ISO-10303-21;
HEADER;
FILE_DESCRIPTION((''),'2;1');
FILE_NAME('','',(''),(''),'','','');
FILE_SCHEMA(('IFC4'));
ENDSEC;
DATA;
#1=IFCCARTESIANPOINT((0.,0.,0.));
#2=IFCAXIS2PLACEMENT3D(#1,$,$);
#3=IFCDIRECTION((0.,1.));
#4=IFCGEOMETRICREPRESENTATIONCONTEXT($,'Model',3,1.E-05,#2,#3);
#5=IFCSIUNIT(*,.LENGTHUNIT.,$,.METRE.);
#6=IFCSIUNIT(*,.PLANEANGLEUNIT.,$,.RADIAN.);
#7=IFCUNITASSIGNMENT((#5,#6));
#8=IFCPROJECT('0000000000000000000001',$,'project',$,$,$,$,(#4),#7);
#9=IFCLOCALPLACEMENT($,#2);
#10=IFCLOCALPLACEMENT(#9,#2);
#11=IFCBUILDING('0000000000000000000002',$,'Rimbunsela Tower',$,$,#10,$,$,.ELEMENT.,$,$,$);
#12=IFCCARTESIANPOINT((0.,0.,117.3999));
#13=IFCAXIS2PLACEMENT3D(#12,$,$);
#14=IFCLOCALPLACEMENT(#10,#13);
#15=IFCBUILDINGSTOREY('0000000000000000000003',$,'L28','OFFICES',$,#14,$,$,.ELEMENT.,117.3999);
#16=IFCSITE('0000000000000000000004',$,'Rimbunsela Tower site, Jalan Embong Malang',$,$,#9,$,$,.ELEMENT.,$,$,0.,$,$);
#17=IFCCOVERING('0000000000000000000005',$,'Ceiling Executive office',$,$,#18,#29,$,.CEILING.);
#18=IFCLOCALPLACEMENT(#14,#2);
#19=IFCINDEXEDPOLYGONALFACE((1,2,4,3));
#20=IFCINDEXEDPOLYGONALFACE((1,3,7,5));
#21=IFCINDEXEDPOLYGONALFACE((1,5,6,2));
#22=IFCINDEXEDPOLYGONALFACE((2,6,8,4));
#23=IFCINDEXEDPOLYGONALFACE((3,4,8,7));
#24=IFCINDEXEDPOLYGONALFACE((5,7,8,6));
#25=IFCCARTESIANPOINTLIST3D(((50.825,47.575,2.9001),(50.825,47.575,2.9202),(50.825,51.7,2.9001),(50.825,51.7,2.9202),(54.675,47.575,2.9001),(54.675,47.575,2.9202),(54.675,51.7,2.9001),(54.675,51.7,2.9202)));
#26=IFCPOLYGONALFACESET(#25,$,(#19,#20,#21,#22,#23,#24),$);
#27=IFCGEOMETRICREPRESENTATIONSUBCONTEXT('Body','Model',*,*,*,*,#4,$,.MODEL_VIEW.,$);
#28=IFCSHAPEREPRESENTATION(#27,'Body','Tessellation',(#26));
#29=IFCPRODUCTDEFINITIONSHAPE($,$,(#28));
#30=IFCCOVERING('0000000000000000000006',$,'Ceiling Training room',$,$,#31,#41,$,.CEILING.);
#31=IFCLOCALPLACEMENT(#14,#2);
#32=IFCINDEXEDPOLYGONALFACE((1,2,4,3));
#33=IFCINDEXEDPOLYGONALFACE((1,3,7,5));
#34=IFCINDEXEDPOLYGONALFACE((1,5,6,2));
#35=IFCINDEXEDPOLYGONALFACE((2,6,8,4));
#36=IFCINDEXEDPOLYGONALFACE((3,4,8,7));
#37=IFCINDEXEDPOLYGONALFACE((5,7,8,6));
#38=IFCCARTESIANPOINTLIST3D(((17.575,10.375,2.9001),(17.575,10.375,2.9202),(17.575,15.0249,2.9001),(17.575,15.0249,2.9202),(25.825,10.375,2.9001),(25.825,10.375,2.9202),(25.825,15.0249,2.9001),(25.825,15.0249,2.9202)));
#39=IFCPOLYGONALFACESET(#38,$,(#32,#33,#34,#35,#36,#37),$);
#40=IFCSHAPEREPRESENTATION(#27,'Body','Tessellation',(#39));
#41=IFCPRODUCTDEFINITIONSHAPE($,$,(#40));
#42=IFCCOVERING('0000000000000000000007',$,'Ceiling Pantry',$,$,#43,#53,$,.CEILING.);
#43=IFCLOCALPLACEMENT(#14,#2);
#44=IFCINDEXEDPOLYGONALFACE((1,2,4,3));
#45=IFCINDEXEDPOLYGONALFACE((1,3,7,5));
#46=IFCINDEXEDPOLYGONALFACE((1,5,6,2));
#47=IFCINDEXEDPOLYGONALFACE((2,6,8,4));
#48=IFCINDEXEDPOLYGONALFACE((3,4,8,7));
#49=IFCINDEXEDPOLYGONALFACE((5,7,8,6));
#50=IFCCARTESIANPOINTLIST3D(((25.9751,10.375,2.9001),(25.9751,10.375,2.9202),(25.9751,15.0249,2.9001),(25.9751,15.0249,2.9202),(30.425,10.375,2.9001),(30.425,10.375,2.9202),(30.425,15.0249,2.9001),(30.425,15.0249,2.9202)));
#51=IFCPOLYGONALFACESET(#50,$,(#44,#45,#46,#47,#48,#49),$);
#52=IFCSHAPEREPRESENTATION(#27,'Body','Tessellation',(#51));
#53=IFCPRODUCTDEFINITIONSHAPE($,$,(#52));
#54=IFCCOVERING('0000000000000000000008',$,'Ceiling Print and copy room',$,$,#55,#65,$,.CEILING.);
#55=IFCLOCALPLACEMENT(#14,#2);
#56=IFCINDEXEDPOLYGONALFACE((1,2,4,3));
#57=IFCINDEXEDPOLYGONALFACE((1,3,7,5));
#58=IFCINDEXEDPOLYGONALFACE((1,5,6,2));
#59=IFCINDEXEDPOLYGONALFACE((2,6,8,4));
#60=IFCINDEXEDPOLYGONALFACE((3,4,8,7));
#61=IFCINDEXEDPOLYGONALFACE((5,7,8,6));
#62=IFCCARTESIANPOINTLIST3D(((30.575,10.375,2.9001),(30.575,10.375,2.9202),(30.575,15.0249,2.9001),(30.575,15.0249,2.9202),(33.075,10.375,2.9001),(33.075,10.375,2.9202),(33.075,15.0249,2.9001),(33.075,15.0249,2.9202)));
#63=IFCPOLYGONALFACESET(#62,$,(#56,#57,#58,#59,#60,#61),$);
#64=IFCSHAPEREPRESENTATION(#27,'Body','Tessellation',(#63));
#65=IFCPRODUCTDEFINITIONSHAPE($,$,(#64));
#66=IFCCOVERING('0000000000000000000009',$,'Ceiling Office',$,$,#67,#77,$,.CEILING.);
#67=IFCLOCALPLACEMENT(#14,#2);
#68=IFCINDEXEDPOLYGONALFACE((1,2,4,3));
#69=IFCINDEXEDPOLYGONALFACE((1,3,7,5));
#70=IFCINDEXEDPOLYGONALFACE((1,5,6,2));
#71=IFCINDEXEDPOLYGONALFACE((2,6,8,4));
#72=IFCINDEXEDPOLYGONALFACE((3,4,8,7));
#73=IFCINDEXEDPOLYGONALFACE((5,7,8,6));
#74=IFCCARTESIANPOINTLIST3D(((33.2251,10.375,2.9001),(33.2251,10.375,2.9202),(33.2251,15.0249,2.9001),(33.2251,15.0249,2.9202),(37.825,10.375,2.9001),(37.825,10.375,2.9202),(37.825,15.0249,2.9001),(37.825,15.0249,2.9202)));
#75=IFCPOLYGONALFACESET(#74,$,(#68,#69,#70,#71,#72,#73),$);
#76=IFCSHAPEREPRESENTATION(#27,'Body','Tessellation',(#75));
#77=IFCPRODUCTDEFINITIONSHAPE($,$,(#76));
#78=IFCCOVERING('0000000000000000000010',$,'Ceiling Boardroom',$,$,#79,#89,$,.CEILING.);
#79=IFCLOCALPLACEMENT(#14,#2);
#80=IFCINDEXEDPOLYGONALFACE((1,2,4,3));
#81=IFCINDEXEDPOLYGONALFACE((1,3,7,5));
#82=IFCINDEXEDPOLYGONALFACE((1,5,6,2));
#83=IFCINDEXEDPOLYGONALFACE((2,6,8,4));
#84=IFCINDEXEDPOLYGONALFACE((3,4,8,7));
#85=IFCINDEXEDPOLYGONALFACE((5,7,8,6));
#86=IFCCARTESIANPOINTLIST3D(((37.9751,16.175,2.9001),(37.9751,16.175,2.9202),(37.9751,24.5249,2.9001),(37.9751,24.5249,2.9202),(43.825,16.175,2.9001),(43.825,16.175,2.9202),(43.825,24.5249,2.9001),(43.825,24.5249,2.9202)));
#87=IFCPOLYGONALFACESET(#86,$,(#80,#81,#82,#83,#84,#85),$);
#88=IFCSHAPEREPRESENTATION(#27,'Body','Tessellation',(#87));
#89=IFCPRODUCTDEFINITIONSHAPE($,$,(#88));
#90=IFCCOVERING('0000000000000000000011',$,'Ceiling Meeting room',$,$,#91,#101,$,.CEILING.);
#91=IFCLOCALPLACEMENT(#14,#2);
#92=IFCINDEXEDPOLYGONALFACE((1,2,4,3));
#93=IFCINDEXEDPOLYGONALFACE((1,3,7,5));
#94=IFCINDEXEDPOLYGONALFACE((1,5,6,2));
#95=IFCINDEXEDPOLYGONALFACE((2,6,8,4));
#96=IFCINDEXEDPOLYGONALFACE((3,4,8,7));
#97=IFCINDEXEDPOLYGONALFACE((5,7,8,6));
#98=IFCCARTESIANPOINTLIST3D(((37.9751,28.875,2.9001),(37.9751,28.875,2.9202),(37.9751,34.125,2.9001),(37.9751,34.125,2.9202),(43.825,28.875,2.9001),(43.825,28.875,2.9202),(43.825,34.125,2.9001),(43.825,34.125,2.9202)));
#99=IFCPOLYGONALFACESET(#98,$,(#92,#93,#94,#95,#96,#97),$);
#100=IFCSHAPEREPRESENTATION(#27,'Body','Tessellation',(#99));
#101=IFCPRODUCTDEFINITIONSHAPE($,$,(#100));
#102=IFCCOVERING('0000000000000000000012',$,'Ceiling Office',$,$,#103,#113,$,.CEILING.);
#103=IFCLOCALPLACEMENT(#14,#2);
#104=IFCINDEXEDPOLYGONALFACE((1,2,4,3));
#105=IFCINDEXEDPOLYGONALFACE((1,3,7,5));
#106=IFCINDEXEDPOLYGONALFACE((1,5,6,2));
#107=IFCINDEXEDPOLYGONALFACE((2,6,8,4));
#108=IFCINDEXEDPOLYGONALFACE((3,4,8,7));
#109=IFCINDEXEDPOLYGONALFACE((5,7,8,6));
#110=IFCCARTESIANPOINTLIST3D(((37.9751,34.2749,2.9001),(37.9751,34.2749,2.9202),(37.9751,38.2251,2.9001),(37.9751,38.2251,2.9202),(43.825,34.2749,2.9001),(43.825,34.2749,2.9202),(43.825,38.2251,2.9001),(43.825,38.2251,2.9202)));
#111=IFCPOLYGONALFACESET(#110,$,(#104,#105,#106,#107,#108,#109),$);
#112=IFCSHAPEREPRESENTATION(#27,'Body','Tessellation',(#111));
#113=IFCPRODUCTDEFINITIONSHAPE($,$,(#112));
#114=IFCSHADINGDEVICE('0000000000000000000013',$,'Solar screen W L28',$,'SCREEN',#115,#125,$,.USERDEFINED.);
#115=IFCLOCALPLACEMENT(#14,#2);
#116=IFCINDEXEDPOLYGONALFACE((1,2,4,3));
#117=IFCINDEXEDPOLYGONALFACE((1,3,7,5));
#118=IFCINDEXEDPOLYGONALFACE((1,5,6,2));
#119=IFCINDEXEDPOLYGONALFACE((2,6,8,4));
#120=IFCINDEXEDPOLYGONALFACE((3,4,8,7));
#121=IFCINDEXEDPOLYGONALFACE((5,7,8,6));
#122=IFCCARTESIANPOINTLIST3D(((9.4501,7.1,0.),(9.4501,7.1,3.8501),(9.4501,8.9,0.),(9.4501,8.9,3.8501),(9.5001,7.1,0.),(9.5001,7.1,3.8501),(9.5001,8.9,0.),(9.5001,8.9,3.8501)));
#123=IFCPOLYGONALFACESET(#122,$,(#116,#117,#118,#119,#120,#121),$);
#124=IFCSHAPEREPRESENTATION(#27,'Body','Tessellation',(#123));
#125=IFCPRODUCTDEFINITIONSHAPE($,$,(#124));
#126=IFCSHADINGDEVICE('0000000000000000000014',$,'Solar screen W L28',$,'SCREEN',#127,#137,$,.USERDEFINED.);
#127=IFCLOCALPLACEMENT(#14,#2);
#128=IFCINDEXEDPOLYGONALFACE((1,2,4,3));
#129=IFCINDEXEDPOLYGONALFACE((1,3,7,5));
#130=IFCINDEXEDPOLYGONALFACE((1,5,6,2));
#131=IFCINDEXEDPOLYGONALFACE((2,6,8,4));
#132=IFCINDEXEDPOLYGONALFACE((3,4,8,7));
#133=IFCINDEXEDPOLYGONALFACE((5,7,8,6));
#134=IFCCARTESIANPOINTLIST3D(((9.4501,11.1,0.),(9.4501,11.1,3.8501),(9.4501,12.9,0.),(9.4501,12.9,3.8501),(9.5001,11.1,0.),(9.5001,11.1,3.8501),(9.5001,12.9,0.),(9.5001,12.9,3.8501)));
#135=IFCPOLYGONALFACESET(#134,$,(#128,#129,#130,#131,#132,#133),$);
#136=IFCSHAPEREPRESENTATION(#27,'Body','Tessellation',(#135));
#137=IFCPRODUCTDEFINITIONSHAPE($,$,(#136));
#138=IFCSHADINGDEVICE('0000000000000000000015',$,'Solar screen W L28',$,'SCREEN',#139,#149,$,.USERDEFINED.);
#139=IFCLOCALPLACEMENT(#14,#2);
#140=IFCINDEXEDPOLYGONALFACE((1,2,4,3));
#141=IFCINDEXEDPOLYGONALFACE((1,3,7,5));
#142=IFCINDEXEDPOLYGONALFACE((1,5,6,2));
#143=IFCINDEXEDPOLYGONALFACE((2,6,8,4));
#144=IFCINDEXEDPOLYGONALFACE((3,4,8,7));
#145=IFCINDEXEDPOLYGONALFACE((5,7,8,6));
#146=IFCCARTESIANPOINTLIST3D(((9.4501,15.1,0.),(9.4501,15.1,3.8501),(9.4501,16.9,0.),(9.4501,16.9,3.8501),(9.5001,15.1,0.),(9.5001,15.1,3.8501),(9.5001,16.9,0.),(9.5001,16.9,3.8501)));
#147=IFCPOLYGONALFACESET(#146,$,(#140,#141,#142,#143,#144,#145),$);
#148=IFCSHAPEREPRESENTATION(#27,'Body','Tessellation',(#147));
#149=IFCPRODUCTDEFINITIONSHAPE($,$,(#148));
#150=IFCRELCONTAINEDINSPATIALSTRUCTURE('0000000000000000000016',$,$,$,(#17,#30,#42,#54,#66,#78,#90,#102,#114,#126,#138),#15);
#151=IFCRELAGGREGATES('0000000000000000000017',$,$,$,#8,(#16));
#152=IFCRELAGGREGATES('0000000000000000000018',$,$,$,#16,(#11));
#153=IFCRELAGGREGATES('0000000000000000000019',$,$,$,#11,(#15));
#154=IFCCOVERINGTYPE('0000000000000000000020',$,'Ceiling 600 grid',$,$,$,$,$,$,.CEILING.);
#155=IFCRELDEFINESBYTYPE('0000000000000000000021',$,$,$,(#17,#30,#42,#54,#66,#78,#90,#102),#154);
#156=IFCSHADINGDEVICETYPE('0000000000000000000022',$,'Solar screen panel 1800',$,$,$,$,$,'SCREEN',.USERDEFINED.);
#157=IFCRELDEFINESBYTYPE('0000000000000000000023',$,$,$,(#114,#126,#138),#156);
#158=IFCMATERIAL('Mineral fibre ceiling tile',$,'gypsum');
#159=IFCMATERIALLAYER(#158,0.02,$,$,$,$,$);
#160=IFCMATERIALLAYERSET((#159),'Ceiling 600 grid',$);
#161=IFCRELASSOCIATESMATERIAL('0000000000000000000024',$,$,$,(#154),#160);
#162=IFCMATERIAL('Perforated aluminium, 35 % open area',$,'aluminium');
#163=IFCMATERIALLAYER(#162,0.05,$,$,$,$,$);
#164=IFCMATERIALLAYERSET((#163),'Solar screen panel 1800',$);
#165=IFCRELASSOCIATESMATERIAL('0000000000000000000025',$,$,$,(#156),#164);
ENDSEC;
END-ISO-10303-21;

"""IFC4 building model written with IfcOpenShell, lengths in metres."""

from ifc_helpers import new_model, si_unit, direction, frame, origin, origin_2d, place, context, subcontext, project, spatial, polyline, rectangle, outline, extrude, material, layer, layer_set, type_object, element, save


model = new_model("IFC4")

# Units and contexts
model_context = context("Model", 3, precision=1e-05, world=origin(), true_north=direction((0.0, 1.0)))
body_context = subcontext(model_context, "Body", "Model", "MODEL_VIEW")
ifc_project = project(units=[si_unit("LENGTHUNIT", "METRE"), si_unit("PLANEANGLEUNIT", "RADIAN")], contexts=[model_context])

# Site, building, storey
site_placement = place(None, origin())
site = spatial("IfcSite", under=ifc_project, at=site_placement, Name="Rimbunsela Tower site, Jalan Embong Malang", CompositionType="ELEMENT", RefElevation=0.0)
building_placement = place(site_placement, origin())
building = spatial("IfcBuilding", under=site, at=building_placement, Name="Rimbunsela Tower", CompositionType="ELEMENT")
storey_placement = place(building_placement, frame((0.0, 0.0, 117.3999)))
storey = spatial("IfcBuildingStorey", under=building, at=storey_placement, Name="L28", Description="OFFICES", CompositionType="ELEMENT", Elevation=117.3999)

# Coverings
ifc_material_1 = material(Name="Mineral fibre ceiling tile", Category="gypsum")
ifc_layer_1 = layer(ifc_material_1, 0.02)
ifc_layer_set_1 = layer_set([ifc_layer_1], Name="Ceiling 600 grid")
covering_type_1 = type_object("IfcCoveringType", Name="Ceiling 600 grid", PredefinedType="CEILING", material=ifc_layer_set_1)
covering_1_placement = place(storey_placement, frame((0.0, 0.0, 2.9001)))
element("IfcCovering", 1, at=covering_1_placement, inside=storey, type_object=covering_type_1, Name="Ceiling Executive office", PredefinedType="CEILING", context=body_context, shape_type="SweptSolid", body=[
    extrude(outline(polyline([(54.675, 47.575), (54.675, 51.7), (50.825, 51.7), (50.825, 47.575), (54.675, 47.575)])), origin(), (0.0, 0.0, 1.0), 0.02),
])
covering_2_placement = place(storey_placement, frame((0.0, 0.0, 2.9001)))
element("IfcCovering", 2, at=covering_2_placement, inside=storey, type_object=covering_type_1, Name="Ceiling Training room", PredefinedType="CEILING", context=body_context, shape_type="SweptSolid", body=[
    extrude(outline(polyline([(25.825, 10.375), (25.825, 15.0249), (17.575, 15.0249), (17.575, 10.375), (25.825, 10.375)])), origin(), (0.0, 0.0, 1.0), 0.02),
])
covering_3_placement = place(storey_placement, frame((0.0, 0.0, 2.9001)))
element("IfcCovering", 3, at=covering_3_placement, inside=storey, type_object=covering_type_1, Name="Ceiling Pantry", PredefinedType="CEILING", context=body_context, shape_type="SweptSolid", body=[
    extrude(outline(polyline([(30.425, 10.375), (30.425, 15.0249), (25.9751, 15.0249), (25.9751, 10.375), (30.425, 10.375)])), origin(), (0.0, 0.0, 1.0), 0.02),
])
covering_4_placement = place(storey_placement, frame((0.0, 0.0, 2.9001)))
element("IfcCovering", 4, at=covering_4_placement, inside=storey, type_object=covering_type_1, Name="Ceiling Print and copy room", PredefinedType="CEILING", context=body_context, shape_type="SweptSolid", body=[
    extrude(outline(polyline([(33.075, 10.375), (33.075, 15.0249), (30.575, 15.0249), (30.575, 10.375), (33.075, 10.375)])), origin(), (0.0, 0.0, 1.0), 0.02),
])
covering_5_placement = place(storey_placement, frame((0.0, 0.0, 2.9001)))
element("IfcCovering", 5, at=covering_5_placement, inside=storey, type_object=covering_type_1, Name="Ceiling Office", PredefinedType="CEILING", context=body_context, shape_type="SweptSolid", body=[
    extrude(outline(polyline([(37.825, 10.375), (37.825, 15.0249), (33.2251, 15.0249), (33.2251, 10.375), (37.825, 10.375)])), origin(), (0.0, 0.0, 1.0), 0.02),
])
covering_6_placement = place(storey_placement, frame((0.0, 0.0, 2.9001)))
element("IfcCovering", 6, at=covering_6_placement, inside=storey, type_object=covering_type_1, Name="Ceiling Boardroom", PredefinedType="CEILING", context=body_context, shape_type="SweptSolid", body=[
    extrude(outline(polyline([(43.825, 16.175), (43.825, 24.5249), (37.9751, 24.5249), (37.9751, 16.175), (43.825, 16.175)])), origin(), (0.0, 0.0, 1.0), 0.02),
])
covering_7_placement = place(storey_placement, frame((0.0, 0.0, 2.9001)))
element("IfcCovering", 7, at=covering_7_placement, inside=storey, type_object=covering_type_1, Name="Ceiling Meeting room", PredefinedType="CEILING", context=body_context, shape_type="SweptSolid", body=[
    extrude(outline(polyline([(43.825, 28.875), (43.825, 34.125), (37.9751, 34.125), (37.9751, 28.875), (43.825, 28.875)])), origin(), (0.0, 0.0, 1.0), 0.02),
])
covering_8_placement = place(storey_placement, frame((0.0, 0.0, 2.9001)))
element("IfcCovering", 8, at=covering_8_placement, inside=storey, type_object=covering_type_1, Name="Ceiling Office", PredefinedType="CEILING", context=body_context, shape_type="SweptSolid", body=[
    extrude(outline(polyline([(43.825, 34.2749), (43.825, 38.2251), (37.9751, 38.2251), (37.9751, 34.2749), (43.825, 34.2749)])), origin(), (0.0, 0.0, 1.0), 0.02),
])

# Shading devices
ifc_material_2 = material(Name="Perforated aluminium, 35 % open area", Category="aluminium")
ifc_layer_2 = layer(ifc_material_2, 0.05)
ifc_layer_set_2 = layer_set([ifc_layer_2], Name="Solar screen panel 1800")
shading_device_type = type_object("IfcShadingDeviceType", Name="Solar screen panel 1800", ElementType="SCREEN", PredefinedType="USERDEFINED", material=ifc_layer_set_2)
for number, where, z_axis, x_axis, name in (
    (9, (9.4751, 8.0, 0.0), (0.0, 0.0, 1.0), (0.0, 1.0, 0.0), "Solar screen W L28"),
    (10, (9.4751, 12.0, 0.0), (0.0, 0.0, 1.0), (0.0, 1.0, 0.0), "Solar screen W L28"),
    (11, (9.4751, 16.0, 0.0), (0.0, 0.0, 1.0), (0.0, 1.0, 0.0), "Solar screen W L28"),
):
    element("IfcShadingDevice", number, at=place(storey_placement, frame(where, z_axis=z_axis, x_axis=x_axis)), inside=storey, type_object=shading_device_type, Name=name, ObjectType="SCREEN", PredefinedType="USERDEFINED", context=body_context, shape_type="SweptSolid", body=[
        extrude(rectangle(XDim=1.8, YDim=0.05, at=origin_2d()), origin(), (0.0, 0.0, 1.0), 3.8501),
    ])

save(model, "model.ifc")
